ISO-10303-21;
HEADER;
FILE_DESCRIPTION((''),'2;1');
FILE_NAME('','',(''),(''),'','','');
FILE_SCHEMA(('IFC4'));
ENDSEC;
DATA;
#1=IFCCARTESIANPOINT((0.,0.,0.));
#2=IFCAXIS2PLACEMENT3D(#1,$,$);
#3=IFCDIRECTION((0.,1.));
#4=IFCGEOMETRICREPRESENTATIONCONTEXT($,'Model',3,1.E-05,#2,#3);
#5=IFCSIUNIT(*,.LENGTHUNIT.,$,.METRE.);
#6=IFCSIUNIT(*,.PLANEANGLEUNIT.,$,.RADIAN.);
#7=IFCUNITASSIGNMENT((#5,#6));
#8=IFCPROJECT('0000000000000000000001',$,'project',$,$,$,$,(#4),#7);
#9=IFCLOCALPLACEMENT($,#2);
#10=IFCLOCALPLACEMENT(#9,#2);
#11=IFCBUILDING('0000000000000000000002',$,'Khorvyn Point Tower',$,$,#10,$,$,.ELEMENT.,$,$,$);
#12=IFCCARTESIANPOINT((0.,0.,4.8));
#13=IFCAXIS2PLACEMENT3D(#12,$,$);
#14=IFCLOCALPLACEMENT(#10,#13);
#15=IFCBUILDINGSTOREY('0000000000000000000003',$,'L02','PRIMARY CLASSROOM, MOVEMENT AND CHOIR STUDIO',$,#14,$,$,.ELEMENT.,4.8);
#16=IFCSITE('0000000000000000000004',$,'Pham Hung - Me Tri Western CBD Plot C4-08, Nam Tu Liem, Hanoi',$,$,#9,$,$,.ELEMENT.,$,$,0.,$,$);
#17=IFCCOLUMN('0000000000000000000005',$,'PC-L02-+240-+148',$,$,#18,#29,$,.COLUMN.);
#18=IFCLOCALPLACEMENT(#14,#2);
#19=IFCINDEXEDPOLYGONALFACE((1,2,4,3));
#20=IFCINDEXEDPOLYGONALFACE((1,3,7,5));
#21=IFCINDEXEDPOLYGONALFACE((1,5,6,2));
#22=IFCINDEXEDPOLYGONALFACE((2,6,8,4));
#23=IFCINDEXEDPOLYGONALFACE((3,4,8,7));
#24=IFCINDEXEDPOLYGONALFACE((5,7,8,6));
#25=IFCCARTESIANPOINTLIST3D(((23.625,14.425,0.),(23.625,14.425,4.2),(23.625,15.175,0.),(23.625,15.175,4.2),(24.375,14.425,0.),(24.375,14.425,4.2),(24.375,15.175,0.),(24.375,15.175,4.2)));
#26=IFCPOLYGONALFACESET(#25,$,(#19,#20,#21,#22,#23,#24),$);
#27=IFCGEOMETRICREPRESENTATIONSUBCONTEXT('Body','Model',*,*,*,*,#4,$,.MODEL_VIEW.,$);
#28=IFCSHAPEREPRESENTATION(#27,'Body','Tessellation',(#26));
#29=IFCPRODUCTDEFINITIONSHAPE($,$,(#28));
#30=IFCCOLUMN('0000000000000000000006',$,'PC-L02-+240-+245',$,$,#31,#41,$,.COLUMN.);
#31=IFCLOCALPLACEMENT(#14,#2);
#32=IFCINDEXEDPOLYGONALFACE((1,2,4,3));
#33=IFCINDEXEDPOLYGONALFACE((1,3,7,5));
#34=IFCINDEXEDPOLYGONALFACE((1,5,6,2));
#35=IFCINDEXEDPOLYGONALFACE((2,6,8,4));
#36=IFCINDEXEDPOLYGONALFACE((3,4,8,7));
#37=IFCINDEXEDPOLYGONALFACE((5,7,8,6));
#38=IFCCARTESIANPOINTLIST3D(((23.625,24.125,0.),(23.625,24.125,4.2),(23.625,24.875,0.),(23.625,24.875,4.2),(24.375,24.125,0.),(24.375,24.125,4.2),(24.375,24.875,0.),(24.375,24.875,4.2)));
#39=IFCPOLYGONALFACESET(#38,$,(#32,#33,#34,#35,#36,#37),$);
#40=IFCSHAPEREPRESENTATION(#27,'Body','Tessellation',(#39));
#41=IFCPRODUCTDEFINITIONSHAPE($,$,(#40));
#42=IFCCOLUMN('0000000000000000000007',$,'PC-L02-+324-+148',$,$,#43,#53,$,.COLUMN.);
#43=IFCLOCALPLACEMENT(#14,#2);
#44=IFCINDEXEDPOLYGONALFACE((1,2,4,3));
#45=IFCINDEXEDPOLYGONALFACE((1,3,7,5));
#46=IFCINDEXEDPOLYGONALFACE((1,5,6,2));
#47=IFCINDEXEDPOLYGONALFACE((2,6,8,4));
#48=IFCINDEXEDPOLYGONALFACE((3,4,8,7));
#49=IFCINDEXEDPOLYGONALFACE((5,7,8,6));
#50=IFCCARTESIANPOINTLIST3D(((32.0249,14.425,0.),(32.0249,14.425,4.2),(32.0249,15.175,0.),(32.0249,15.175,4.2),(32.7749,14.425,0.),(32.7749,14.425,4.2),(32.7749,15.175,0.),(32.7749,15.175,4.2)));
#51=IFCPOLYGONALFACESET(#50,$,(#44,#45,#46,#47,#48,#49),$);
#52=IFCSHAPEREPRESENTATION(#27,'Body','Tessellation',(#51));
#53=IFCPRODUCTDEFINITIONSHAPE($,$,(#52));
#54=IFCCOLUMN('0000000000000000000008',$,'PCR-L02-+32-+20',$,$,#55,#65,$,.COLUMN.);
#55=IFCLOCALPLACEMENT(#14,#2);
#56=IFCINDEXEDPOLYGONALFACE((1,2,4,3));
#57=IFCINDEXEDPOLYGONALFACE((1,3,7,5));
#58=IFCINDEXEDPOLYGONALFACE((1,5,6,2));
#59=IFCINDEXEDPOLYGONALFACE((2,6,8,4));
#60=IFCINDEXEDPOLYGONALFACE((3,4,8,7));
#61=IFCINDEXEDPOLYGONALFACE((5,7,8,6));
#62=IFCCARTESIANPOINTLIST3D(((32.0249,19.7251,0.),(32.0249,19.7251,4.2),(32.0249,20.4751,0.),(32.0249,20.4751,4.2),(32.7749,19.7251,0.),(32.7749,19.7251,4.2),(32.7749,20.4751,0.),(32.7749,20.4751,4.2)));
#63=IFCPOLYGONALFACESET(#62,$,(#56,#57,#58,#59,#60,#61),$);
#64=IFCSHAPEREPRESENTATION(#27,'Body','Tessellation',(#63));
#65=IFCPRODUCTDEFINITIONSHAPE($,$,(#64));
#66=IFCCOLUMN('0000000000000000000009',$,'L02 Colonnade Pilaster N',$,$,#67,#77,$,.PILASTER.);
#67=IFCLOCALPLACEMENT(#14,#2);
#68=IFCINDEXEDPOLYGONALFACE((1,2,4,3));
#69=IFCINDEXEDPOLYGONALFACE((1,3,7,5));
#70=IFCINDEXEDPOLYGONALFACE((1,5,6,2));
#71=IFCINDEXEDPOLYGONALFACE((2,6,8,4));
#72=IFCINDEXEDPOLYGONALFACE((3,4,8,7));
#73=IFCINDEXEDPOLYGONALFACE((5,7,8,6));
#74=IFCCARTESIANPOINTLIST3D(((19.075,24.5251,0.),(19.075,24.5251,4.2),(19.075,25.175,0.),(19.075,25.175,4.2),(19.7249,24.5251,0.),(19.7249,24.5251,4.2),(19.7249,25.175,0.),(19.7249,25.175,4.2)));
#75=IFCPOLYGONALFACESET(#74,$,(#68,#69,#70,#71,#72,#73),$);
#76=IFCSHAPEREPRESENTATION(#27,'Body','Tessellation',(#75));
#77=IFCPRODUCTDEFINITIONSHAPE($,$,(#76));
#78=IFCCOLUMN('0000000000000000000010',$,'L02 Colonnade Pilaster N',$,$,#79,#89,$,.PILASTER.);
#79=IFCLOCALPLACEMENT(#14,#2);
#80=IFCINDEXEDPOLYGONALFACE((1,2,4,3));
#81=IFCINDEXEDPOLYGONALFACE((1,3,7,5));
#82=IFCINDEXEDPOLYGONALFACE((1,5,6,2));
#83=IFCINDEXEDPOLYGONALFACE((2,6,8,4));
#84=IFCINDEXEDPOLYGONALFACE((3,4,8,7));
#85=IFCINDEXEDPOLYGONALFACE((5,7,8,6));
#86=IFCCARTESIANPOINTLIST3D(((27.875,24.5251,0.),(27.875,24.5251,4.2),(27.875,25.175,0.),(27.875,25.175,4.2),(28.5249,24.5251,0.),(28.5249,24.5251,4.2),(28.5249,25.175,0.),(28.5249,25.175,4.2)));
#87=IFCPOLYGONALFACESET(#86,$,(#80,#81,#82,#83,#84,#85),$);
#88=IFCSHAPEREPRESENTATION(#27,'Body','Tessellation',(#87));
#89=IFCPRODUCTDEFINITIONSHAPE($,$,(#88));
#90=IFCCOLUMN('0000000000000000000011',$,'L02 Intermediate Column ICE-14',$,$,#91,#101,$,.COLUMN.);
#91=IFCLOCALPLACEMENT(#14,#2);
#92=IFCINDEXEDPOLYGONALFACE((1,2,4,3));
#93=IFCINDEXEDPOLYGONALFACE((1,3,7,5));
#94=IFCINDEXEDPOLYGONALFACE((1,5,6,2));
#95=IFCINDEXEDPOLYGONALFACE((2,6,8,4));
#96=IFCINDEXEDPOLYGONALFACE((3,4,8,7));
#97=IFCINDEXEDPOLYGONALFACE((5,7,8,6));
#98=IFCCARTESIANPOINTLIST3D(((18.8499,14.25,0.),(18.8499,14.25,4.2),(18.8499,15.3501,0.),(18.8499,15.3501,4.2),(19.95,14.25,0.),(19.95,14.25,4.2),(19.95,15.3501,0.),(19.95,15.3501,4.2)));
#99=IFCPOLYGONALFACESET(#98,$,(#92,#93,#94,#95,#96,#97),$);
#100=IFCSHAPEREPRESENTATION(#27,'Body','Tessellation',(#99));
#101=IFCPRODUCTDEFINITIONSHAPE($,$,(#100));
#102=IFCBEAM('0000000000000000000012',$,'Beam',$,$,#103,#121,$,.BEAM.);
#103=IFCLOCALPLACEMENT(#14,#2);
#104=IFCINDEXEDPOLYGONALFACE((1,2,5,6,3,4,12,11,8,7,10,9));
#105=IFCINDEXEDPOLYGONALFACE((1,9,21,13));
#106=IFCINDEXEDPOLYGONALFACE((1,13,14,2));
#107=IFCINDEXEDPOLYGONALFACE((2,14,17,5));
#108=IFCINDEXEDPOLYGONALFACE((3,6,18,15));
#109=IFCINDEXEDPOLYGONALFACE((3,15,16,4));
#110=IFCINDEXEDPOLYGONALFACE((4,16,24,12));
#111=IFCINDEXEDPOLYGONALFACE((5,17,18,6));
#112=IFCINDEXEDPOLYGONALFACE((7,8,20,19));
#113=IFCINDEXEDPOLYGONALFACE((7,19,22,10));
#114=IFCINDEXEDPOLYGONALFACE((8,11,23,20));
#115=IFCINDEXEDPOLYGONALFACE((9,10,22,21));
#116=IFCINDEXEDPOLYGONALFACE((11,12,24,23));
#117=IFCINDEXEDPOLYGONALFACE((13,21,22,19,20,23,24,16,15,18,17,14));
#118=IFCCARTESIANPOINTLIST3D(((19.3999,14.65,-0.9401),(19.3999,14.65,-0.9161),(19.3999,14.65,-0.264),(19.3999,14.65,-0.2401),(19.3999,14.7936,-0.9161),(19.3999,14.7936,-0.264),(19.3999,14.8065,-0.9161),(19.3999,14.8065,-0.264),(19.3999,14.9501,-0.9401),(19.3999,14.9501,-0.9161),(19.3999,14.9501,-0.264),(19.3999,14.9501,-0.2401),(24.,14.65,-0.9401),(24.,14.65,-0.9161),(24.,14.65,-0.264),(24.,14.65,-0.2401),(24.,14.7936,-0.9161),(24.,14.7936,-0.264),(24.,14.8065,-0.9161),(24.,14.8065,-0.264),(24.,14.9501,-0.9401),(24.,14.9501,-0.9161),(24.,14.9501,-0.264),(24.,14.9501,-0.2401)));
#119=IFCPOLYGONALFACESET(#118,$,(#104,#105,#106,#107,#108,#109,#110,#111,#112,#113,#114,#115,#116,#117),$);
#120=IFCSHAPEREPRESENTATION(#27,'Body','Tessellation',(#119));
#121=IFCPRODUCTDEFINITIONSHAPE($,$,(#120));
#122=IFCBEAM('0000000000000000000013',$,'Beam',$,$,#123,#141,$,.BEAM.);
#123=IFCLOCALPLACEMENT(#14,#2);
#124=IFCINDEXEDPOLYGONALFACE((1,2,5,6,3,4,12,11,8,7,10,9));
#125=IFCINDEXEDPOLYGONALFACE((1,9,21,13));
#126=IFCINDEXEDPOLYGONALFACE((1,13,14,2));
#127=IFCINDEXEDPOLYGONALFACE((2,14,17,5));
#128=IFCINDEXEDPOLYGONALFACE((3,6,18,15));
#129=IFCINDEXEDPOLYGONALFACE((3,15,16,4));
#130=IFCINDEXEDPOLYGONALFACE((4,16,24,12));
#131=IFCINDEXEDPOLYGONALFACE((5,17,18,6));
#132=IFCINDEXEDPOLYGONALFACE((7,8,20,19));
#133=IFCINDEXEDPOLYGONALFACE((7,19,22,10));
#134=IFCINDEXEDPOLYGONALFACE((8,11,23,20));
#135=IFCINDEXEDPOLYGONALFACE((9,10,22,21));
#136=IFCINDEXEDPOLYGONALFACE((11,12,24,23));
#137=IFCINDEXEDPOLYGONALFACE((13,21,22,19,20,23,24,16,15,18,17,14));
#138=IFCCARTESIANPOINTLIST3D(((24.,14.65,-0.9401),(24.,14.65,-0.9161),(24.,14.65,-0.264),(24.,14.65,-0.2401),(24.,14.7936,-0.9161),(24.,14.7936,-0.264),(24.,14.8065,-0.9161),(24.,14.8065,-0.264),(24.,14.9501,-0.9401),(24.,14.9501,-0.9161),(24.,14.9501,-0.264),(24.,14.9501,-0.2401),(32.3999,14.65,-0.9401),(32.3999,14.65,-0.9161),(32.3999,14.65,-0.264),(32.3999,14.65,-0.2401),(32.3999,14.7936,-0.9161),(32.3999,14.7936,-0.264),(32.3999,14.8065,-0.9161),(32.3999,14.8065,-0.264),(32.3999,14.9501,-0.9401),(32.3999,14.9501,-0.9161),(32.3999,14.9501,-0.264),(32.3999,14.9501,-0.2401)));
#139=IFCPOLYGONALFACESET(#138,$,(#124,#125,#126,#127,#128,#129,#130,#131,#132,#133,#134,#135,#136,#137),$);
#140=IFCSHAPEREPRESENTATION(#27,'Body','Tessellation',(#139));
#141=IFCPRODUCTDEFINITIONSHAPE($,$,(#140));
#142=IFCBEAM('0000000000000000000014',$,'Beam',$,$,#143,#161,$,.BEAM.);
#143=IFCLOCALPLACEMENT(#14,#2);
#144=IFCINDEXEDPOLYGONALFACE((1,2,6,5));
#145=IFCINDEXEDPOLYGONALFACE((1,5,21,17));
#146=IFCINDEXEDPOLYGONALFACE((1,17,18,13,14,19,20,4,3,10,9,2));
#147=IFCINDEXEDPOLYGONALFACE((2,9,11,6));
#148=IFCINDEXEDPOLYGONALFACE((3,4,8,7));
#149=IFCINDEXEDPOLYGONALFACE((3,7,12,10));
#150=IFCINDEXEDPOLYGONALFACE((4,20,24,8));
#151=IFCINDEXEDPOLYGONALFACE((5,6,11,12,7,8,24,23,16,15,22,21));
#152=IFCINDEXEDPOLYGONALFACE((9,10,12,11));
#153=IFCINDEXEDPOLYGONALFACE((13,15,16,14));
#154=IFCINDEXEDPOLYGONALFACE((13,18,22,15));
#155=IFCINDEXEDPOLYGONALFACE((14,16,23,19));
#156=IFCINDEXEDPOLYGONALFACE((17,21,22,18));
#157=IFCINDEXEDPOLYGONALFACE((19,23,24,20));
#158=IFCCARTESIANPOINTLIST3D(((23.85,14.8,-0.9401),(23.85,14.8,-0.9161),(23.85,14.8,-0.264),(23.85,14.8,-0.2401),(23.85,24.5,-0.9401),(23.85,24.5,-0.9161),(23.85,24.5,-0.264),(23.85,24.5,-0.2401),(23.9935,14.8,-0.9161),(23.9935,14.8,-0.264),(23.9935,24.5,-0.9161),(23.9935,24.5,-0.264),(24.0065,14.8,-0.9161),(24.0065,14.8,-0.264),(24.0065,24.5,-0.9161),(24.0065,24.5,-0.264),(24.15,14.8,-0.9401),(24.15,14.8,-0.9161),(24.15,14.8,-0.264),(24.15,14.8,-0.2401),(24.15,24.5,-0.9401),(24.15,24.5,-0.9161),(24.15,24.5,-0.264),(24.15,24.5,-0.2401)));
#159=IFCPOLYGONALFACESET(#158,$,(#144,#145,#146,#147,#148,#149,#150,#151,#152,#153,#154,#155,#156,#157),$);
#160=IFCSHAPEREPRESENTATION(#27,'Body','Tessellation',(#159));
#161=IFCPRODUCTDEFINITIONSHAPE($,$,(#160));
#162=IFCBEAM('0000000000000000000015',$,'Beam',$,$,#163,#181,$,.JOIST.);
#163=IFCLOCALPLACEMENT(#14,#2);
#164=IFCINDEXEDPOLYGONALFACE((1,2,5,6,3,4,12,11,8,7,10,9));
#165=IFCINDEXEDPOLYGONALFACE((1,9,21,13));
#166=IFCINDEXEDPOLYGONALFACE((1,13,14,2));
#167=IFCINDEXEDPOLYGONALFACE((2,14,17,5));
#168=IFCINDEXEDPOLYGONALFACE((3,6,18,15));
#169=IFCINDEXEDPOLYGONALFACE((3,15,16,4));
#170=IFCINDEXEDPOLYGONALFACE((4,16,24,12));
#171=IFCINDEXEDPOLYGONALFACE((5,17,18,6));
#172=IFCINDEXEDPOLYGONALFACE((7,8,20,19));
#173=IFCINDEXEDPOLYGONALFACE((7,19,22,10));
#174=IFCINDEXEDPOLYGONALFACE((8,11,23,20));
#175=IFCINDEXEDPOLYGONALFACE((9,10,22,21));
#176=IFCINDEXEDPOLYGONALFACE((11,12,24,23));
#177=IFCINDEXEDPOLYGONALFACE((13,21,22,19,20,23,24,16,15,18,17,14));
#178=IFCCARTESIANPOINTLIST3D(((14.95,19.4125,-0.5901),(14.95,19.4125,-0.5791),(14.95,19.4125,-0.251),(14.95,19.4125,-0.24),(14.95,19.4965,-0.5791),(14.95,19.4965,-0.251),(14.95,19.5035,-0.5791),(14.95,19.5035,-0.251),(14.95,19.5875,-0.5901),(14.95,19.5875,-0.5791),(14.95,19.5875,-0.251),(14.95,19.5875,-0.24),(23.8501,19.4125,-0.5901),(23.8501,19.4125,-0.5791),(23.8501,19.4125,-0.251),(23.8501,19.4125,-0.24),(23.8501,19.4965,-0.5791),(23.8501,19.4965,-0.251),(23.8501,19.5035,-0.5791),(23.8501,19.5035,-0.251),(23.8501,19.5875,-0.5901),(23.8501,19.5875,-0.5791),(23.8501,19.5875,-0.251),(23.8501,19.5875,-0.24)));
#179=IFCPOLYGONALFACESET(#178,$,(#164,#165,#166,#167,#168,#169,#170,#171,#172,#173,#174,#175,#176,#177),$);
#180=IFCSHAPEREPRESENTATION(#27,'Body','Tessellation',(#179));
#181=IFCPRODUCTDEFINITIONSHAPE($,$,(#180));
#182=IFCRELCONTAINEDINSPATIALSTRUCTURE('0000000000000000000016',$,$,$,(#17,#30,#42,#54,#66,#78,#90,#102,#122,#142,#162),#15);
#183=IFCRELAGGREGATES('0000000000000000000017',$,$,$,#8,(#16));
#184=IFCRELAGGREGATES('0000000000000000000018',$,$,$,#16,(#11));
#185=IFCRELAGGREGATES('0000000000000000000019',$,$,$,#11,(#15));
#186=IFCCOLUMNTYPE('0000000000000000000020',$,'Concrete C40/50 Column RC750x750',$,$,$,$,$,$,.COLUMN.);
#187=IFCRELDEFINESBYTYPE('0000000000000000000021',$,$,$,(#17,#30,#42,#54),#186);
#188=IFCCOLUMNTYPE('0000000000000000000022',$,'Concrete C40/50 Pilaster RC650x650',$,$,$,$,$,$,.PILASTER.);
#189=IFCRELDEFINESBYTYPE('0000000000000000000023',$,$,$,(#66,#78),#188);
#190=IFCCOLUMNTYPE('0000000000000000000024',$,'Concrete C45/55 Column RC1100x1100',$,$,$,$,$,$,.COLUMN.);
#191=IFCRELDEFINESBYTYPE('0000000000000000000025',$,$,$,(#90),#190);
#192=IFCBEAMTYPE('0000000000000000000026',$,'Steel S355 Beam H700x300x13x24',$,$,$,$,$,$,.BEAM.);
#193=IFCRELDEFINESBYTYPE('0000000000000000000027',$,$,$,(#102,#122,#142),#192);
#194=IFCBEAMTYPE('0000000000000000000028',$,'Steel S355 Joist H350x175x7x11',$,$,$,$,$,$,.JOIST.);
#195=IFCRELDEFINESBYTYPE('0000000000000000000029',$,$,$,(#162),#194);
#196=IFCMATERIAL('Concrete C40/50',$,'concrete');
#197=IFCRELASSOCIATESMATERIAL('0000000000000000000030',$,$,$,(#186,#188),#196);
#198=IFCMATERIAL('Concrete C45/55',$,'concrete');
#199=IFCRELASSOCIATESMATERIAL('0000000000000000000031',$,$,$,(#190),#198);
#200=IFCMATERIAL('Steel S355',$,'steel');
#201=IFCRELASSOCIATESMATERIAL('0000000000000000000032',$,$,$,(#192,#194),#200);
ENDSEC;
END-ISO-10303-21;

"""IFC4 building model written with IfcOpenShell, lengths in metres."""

from ifc_helpers import new_model, si_unit, direction, frame, origin, origin_2d, place, context, subcontext, project, spatial, rectangle, i_section, extrude, material, material_profile, profile_set, type_object, element, save


model = new_model("IFC4")

# Units and contexts
model_context = context("Model", 3, precision=1e-05, world=origin(), true_north=direction((0.0, 1.0)))
body_context = subcontext(model_context, "Body", "Model", "MODEL_VIEW")
ifc_project = project(units=[si_unit("LENGTHUNIT", "METRE"), si_unit("PLANEANGLEUNIT", "RADIAN")], contexts=[model_context])

# Site, building, storey
site_placement = place(None, origin())
site = spatial("IfcSite", under=ifc_project, at=site_placement, Name="Pham Hung - Me Tri Western CBD Plot C4-08, Nam Tu Liem, Hanoi", CompositionType="ELEMENT", RefElevation=0.0)
building_placement = place(site_placement, origin())
building = spatial("IfcBuilding", under=site, at=building_placement, Name="Khorvyn Point Tower", CompositionType="ELEMENT")
storey_placement = place(building_placement, frame((0.0, 0.0, 4.8)))
storey = spatial("IfcBuildingStorey", under=building, at=storey_placement, Name="L02", Description="PRIMARY CLASSROOM, MOVEMENT AND CHOIR STUDIO", CompositionType="ELEMENT", Elevation=4.8)

# Columns
ifc_material_1 = material(Name="Concrete C40/50", Category="concrete")
ifc_material_profile_1 = material_profile(ifc_material_1, rectangle(XDim=0.75, YDim=0.75, at=origin_2d()))
ifc_profile_set_1 = profile_set([ifc_material_profile_1], Name="Concrete C40/50 RC750x750")
column_type_1 = type_object("IfcColumnType", Name="Concrete C40/50 Column RC750x750", PredefinedType="COLUMN", material=ifc_profile_set_1)
for number, where, z_axis, x_axis, name in (
    (1, (24.0, 14.8, 0.0), (0.0, 0.0, 1.0), (1.0, 0.0, 0.0), "PC-L02-+240-+148"),
    (2, (24.0, 24.5, 0.0), (0.0, 0.0, 1.0), (1.0, 0.0, 0.0), "PC-L02-+240-+245"),
    (3, (32.3999, 14.8, 0.0), (0.0, 0.0, 1.0), (1.0, 0.0, 0.0), "PC-L02-+324-+148"),
    (4, (32.3999, 20.1001, 0.0), (0.0, 0.0, 1.0), (1.0, 0.0, 0.0), "PCR-L02-+32-+20"),
):
    element("IfcColumn", number, at=place(storey_placement, frame(where, z_axis=z_axis, x_axis=x_axis)), inside=storey, type_object=column_type_1, Name=name, PredefinedType="COLUMN", context=body_context, shape_type="SweptSolid", body=[
        extrude(rectangle(XDim=0.75, YDim=0.75, at=origin_2d()), origin(), (0.0, 0.0, 1.0), 4.2),
    ])
ifc_material_profile_2 = material_profile(ifc_material_1, rectangle(XDim=0.6499, YDim=0.6499, at=origin_2d()))
ifc_profile_set_2 = profile_set([ifc_material_profile_2], Name="Concrete C40/50 RC650x650")
column_type_2 = type_object("IfcColumnType", Name="Concrete C40/50 Pilaster RC650x650", PredefinedType="PILASTER", material=ifc_profile_set_2)
for number, where, z_axis, x_axis, name in (
    (5, (19.3999, 24.8501, 0.0), (0.0, 0.0, 1.0), (1.0, 0.0, 0.0), "L02 Colonnade Pilaster N"),
    (6, (28.2, 24.8501, 0.0), (0.0, 0.0, 1.0), (1.0, 0.0, 0.0), "L02 Colonnade Pilaster N"),
):
    element("IfcColumn", number, at=place(storey_placement, frame(where, z_axis=z_axis, x_axis=x_axis)), inside=storey, type_object=column_type_2, Name=name, PredefinedType="PILASTER", context=body_context, shape_type="SweptSolid", body=[
        extrude(rectangle(XDim=0.6499, YDim=0.6499, at=origin_2d()), origin(), (0.0, 0.0, 1.0), 4.2),
    ])
ifc_material_2 = material(Name="Concrete C45/55", Category="concrete")
ifc_material_profile_3 = material_profile(ifc_material_2, rectangle(XDim=1.1001, YDim=1.1001, at=origin_2d()))
ifc_profile_set_3 = profile_set([ifc_material_profile_3], Name="Concrete C45/55 RC1100x1100")
column_type_3 = type_object("IfcColumnType", Name="Concrete C45/55 Column RC1100x1100", PredefinedType="COLUMN", material=ifc_profile_set_3)
column_placement = place(storey_placement, frame((19.3999, 14.8, 0.0), z_axis=(0.0, 0.0, 1.0), x_axis=(1.0, 0.0, 0.0)))
element("IfcColumn", 7, at=column_placement, inside=storey, type_object=column_type_3, Name="L02 Intermediate Column ICE-14", PredefinedType="COLUMN", context=body_context, shape_type="SweptSolid", body=[
    extrude(rectangle(XDim=1.1001, YDim=1.1001, at=origin_2d()), origin(), (0.0, 0.0, 1.0), 4.2),
])

# Beams
ifc_material_3 = material(Name="Steel S355", Category="steel")
ifc_material_profile_4 = material_profile(ifc_material_3, i_section(OverallWidth=0.3, OverallDepth=0.7, WebThickness=0.0129, FlangeThickness=0.0239, at=origin_2d()))
ifc_profile_set_4 = profile_set([ifc_material_profile_4], Name="Steel S355 H700x300x13x24")
beam_type_1 = type_object("IfcBeamType", Name="Steel S355 Beam H700x300x13x24", PredefinedType="BEAM", material=ifc_profile_set_4)
beam_1_placement = place(storey_placement, frame((19.3999, 14.8, -0.5901), z_axis=(1.0, 0.0, 0.0), x_axis=(0.0, 1.0, 0.0)))
element("IfcBeam", 8, at=beam_1_placement, inside=storey, type_object=beam_type_1, Name="Beam", PredefinedType="BEAM", context=body_context, shape_type="SweptSolid", body=[
    extrude(i_section(OverallWidth=0.3, OverallDepth=0.7, WebThickness=0.0129, FlangeThickness=0.0239, at=origin_2d()), origin(), (0.0, 0.0, 1.0), 4.6001),
])
beam_2_placement = place(storey_placement, frame((24.0, 14.8, -0.5901), z_axis=(1.0, 0.0, 0.0), x_axis=(0.0, 1.0, 0.0)))
element("IfcBeam", 9, at=beam_2_placement, inside=storey, type_object=beam_type_1, Name="Beam", PredefinedType="BEAM", context=body_context, shape_type="SweptSolid", body=[
    extrude(i_section(OverallWidth=0.3, OverallDepth=0.7, WebThickness=0.0129, FlangeThickness=0.0239, at=origin_2d()), origin(), (0.0, 0.0, 1.0), 8.3999),
])
beam_3_placement = place(storey_placement, frame((24.0, 14.8, -0.5901), z_axis=(0.0, 1.0, 0.0), x_axis=(-1.0, 0.0, 0.0)))
element("IfcBeam", 10, at=beam_3_placement, inside=storey, type_object=beam_type_1, Name="Beam", PredefinedType="BEAM", context=body_context, shape_type="SweptSolid", body=[
    extrude(i_section(OverallWidth=0.3, OverallDepth=0.7, WebThickness=0.0129, FlangeThickness=0.0239, at=origin_2d()), origin(), (0.0, 0.0, 1.0), 9.7),
])
ifc_material_profile_5 = material_profile(ifc_material_3, i_section(OverallWidth=0.175, OverallDepth=0.3501, WebThickness=0.0071, FlangeThickness=0.011, at=origin_2d()))
ifc_profile_set_5 = profile_set([ifc_material_profile_5], Name="Steel S355 H350x175x7x11")
beam_type_2 = type_object("IfcBeamType", Name="Steel S355 Joist H350x175x7x11", PredefinedType="JOIST", material=ifc_profile_set_5)
beam_4_placement = place(storey_placement, frame((14.95, 19.5, -0.415), z_axis=(1.0, 0.0, 0.0), x_axis=(0.0, 1.0, 0.0)))
element("IfcBeam", 11, at=beam_4_placement, inside=storey, type_object=beam_type_2, Name="Beam", PredefinedType="JOIST", context=body_context, shape_type="SweptSolid", body=[
    extrude(i_section(OverallWidth=0.175, OverallDepth=0.3501, WebThickness=0.0071, FlangeThickness=0.011, at=origin_2d()), origin(), (0.0, 0.0, 1.0), 8.9001),
])

save(model, "model.ifc")
